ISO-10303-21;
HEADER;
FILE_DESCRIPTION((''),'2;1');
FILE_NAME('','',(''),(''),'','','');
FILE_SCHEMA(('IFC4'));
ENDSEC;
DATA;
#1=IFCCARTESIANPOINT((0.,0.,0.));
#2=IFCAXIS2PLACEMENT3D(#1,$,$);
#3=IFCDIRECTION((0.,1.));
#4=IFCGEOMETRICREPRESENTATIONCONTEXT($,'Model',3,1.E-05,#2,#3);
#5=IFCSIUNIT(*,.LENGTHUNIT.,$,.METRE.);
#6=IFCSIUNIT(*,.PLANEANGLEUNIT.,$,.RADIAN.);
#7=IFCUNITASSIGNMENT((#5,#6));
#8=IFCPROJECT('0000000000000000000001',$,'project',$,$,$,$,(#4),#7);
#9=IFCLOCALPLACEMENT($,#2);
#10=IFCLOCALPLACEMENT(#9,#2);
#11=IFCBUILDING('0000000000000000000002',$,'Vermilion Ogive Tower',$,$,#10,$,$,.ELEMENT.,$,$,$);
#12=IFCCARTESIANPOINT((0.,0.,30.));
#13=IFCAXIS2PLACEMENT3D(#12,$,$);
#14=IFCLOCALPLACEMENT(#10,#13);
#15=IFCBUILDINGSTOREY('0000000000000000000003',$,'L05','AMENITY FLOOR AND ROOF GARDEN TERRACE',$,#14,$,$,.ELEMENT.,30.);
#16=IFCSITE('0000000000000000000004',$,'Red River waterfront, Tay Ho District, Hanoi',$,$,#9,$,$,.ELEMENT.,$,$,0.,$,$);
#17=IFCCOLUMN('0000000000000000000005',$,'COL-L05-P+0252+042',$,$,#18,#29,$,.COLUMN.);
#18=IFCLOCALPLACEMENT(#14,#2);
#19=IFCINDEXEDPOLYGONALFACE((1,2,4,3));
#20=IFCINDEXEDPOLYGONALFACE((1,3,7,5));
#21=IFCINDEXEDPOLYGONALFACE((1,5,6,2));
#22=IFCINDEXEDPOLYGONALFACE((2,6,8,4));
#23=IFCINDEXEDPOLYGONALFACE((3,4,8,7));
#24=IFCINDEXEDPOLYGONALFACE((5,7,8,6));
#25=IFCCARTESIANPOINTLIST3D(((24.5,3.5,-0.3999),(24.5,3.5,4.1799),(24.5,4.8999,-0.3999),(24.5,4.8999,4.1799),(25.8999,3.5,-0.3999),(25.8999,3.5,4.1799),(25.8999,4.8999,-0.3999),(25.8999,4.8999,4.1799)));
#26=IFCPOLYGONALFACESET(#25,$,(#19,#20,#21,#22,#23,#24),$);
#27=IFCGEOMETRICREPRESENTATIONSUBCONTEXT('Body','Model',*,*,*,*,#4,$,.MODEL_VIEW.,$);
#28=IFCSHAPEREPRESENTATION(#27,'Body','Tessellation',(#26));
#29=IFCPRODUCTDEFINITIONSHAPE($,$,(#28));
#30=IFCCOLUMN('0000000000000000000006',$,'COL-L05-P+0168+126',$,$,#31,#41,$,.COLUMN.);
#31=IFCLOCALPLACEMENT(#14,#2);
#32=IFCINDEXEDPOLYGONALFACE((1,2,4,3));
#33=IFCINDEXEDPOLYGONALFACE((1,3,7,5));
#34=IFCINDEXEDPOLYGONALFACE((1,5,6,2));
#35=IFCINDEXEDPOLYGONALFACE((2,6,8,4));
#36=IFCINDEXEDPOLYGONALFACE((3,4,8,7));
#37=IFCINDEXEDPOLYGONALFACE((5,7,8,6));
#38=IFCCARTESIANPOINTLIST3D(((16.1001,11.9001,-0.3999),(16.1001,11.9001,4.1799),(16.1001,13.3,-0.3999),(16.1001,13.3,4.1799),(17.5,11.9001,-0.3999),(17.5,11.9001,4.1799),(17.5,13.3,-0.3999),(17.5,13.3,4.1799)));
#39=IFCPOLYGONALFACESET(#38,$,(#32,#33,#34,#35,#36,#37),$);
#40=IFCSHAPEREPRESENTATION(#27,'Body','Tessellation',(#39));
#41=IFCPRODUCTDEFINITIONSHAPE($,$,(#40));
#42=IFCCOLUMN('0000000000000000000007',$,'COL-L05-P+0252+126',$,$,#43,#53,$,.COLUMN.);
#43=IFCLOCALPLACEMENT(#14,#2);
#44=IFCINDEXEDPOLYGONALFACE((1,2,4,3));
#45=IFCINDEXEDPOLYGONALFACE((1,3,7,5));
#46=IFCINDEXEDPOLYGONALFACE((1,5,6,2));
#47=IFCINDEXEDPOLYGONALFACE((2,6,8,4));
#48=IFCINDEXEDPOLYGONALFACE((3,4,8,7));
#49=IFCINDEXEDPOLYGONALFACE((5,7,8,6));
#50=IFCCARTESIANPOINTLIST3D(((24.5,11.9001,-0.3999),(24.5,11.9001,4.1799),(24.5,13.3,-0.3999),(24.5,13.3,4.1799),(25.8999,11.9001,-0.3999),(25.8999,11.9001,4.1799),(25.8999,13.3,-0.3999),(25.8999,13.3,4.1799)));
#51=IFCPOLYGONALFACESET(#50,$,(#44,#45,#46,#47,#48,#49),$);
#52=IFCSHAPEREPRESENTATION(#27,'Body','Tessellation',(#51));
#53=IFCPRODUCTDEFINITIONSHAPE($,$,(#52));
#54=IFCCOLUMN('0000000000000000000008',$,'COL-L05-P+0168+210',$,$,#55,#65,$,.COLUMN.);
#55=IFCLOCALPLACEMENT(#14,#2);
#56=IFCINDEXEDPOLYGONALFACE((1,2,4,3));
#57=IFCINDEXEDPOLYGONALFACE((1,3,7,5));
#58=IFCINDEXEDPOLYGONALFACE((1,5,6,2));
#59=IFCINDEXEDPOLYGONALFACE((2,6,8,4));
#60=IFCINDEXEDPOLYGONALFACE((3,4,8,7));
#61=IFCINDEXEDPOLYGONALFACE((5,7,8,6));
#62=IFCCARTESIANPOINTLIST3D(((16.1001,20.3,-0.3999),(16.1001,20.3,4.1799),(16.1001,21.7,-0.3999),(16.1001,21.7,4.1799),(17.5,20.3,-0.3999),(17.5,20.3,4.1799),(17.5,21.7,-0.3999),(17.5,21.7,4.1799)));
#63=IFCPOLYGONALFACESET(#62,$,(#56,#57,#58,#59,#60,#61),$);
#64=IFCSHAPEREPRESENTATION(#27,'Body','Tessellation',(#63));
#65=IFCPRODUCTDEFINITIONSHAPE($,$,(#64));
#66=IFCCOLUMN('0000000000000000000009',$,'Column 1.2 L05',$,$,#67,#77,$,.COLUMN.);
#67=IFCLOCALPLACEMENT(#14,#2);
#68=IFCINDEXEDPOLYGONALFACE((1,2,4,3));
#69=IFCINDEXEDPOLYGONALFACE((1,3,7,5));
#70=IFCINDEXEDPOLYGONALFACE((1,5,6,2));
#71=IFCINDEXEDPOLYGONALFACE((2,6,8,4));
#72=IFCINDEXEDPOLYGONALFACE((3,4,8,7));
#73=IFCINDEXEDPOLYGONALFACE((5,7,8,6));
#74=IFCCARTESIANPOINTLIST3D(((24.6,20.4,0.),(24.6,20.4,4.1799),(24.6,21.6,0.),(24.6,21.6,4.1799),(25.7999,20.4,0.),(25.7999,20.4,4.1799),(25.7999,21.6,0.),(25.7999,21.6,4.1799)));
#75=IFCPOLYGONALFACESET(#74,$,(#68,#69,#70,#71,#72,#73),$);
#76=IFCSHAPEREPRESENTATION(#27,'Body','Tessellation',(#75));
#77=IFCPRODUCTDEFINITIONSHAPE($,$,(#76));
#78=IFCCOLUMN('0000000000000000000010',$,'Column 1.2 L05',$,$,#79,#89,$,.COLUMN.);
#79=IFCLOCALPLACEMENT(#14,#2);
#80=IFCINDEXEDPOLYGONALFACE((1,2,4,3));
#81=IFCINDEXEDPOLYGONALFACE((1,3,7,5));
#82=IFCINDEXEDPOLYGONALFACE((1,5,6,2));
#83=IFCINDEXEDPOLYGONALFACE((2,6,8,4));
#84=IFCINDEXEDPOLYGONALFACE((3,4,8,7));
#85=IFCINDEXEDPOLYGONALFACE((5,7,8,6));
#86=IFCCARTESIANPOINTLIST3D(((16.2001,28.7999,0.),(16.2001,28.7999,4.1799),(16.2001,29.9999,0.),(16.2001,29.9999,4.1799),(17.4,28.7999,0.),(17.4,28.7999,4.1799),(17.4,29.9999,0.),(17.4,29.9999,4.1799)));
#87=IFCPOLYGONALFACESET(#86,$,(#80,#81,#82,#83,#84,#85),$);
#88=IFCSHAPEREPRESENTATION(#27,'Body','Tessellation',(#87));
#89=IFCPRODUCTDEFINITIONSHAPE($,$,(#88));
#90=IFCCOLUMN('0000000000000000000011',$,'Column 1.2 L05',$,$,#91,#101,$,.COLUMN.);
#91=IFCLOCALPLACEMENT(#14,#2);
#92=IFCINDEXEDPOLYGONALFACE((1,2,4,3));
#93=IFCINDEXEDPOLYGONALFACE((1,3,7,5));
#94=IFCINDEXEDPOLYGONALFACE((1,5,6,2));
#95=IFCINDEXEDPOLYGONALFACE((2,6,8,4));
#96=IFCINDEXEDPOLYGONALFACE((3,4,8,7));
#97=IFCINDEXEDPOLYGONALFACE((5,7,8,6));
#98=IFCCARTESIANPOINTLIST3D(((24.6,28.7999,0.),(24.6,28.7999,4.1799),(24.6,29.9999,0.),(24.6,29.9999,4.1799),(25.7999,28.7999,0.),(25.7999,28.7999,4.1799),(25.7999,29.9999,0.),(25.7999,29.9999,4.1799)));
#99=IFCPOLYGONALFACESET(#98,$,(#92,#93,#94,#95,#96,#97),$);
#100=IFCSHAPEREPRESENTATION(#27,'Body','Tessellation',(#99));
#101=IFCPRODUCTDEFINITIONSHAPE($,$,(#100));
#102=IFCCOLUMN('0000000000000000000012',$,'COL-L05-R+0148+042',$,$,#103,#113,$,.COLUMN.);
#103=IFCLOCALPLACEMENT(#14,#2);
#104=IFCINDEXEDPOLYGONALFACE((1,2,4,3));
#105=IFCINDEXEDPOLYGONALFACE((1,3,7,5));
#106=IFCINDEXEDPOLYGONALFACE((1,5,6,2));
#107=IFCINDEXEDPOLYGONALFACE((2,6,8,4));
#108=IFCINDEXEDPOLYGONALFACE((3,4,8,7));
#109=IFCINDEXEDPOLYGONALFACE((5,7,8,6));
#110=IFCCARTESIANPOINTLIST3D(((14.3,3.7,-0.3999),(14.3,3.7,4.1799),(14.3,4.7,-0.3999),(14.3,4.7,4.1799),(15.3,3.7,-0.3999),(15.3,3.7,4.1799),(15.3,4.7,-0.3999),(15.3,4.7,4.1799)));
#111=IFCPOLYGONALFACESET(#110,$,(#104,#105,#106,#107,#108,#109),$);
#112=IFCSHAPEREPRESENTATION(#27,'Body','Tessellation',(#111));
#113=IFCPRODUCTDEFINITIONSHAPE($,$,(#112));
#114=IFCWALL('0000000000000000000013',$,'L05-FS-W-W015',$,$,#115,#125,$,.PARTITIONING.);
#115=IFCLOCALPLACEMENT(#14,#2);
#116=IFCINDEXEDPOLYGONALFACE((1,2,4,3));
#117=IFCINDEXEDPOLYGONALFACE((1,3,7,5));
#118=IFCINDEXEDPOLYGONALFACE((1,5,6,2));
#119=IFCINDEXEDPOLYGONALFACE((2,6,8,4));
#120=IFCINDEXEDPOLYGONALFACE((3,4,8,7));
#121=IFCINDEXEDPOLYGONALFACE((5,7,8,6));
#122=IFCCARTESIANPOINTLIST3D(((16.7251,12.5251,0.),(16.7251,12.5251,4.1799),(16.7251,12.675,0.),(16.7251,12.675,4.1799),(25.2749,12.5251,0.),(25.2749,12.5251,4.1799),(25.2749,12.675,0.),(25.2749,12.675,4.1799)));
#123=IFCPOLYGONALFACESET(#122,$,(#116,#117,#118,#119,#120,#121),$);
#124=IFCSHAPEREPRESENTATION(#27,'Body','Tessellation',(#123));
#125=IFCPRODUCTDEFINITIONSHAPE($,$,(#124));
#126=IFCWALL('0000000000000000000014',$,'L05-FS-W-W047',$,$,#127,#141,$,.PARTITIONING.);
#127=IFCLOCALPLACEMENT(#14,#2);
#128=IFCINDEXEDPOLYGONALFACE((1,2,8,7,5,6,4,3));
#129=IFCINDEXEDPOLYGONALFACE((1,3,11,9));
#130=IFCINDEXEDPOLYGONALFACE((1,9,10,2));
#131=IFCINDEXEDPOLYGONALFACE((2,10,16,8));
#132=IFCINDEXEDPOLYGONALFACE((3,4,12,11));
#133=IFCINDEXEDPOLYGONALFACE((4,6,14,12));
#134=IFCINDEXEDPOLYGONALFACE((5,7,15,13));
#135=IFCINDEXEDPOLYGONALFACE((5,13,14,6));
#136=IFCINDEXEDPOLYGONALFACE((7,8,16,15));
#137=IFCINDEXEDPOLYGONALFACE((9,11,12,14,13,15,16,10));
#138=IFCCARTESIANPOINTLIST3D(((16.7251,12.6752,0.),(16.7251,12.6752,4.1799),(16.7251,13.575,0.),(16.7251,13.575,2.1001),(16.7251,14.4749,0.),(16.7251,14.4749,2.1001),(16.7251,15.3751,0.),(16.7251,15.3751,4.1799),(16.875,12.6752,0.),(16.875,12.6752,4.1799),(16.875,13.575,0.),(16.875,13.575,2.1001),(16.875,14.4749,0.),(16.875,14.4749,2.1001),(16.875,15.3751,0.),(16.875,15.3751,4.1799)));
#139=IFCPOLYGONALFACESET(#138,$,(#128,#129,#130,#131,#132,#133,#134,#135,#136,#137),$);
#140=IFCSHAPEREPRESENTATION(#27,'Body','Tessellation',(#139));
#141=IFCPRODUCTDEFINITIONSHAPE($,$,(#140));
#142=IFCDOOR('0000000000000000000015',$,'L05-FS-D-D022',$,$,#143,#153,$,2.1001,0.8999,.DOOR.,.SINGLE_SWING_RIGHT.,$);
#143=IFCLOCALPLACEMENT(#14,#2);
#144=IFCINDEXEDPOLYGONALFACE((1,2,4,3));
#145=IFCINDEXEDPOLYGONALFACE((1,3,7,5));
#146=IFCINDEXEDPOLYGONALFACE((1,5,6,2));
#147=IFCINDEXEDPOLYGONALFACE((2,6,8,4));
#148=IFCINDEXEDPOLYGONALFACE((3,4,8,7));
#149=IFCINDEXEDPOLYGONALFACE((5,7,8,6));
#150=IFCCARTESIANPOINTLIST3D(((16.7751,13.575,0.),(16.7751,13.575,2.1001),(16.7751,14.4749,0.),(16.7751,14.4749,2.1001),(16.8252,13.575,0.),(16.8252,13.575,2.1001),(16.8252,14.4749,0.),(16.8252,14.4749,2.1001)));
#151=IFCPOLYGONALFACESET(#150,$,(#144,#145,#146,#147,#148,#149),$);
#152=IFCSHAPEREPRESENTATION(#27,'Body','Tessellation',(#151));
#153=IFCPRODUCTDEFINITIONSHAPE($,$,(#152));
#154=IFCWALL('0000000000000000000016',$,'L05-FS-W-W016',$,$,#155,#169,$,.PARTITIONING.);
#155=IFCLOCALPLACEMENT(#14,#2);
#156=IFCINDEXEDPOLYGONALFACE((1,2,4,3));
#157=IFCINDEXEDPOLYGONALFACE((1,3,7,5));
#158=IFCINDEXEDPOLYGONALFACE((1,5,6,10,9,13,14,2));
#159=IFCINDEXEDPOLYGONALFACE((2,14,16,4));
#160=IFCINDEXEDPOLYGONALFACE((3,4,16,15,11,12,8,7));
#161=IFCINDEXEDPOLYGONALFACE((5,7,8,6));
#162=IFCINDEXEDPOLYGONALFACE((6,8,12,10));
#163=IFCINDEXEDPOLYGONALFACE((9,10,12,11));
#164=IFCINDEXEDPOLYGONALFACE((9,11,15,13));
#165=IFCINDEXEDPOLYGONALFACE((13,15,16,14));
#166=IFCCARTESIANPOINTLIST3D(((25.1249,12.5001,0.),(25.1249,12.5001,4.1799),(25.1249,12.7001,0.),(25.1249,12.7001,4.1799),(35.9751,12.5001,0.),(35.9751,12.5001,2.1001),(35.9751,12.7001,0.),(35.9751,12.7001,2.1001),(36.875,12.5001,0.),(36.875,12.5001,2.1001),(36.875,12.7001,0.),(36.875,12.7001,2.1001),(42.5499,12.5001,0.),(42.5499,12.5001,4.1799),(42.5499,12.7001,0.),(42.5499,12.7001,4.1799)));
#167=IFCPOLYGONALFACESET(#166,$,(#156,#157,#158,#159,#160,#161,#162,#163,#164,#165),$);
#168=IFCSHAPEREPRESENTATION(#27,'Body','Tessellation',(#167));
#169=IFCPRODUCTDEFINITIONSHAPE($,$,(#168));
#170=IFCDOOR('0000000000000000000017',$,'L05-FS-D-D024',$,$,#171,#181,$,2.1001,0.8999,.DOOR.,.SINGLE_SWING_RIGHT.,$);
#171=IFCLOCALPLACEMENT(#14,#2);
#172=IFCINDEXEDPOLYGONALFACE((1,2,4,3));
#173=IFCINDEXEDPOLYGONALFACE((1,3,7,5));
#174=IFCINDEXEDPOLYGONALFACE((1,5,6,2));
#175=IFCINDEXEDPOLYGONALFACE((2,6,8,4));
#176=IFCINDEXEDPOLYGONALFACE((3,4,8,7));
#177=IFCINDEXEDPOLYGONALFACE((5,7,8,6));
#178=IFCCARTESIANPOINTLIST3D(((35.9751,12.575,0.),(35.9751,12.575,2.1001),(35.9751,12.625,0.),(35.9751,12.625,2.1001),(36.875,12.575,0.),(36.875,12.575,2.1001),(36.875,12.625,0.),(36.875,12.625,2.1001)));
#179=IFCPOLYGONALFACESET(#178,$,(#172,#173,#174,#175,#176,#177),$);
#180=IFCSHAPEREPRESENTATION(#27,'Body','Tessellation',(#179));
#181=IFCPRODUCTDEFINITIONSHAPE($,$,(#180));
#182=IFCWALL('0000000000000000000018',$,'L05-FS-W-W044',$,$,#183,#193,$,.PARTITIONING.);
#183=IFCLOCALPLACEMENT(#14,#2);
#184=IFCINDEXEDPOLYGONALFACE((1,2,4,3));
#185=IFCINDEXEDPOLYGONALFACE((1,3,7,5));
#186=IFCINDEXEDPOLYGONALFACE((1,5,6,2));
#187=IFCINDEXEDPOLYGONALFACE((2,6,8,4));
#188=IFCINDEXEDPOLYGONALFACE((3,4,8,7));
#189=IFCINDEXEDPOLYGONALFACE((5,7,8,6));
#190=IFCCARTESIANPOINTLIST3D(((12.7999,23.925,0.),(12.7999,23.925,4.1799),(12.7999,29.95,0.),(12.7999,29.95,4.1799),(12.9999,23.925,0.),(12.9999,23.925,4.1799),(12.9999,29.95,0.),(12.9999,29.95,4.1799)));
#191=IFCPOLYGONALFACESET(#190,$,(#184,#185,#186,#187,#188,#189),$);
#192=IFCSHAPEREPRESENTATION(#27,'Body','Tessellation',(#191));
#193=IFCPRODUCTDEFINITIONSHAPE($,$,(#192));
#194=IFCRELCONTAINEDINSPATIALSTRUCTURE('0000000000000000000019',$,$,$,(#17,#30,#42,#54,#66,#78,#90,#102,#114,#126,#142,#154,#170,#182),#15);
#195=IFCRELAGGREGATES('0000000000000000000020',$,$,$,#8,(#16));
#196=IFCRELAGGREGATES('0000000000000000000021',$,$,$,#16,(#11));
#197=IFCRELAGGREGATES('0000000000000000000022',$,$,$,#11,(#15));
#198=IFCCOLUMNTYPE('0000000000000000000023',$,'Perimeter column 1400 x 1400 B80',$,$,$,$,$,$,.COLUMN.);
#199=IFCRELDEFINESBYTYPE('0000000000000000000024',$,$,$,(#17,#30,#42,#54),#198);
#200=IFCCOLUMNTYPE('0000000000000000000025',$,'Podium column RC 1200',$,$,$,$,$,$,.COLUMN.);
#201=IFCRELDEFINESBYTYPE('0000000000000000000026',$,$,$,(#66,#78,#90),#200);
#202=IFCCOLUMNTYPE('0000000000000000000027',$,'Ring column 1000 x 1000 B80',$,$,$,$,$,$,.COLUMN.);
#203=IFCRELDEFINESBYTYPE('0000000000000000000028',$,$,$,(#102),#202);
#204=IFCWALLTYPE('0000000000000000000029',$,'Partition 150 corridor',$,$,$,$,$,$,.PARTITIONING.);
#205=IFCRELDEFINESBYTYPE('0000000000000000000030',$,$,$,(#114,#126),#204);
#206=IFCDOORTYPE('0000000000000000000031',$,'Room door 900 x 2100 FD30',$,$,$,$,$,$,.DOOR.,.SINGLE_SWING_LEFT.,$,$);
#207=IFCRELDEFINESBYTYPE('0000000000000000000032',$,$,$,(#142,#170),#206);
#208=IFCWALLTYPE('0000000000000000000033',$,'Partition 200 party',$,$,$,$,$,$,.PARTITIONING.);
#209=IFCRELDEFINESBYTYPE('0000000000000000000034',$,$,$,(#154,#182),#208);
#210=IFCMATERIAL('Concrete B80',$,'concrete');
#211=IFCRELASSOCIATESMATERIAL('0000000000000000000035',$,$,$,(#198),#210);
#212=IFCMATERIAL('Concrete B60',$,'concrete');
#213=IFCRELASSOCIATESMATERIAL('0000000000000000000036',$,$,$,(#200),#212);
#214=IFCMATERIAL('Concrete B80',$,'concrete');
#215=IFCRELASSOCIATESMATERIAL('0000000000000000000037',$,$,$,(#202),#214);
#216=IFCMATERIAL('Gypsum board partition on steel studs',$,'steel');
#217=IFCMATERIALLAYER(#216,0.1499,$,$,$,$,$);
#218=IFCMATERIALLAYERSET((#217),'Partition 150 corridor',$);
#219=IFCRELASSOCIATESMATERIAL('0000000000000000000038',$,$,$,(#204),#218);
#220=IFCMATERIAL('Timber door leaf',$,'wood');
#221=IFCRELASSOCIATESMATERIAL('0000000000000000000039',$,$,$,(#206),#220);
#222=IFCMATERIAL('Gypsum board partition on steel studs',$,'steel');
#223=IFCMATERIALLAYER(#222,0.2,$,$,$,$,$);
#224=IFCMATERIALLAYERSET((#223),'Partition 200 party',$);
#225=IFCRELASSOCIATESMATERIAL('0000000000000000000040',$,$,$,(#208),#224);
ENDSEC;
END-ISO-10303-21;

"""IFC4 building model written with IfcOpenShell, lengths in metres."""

from ifc_helpers import new_model, si_unit, direction, frame, frame_2d, origin, origin_2d, place, context, subcontext, project, spatial, rectangle, extrude, material, layer, layer_set, material_profile, profile_set, type_object, element, fill, save


model = new_model("IFC4")

# Units and contexts
model_context = context("Model", 3, precision=1e-05, world=origin(), true_north=direction((0.0, 1.0)))
body_context = subcontext(model_context, "Body", "Model", "MODEL_VIEW")
ifc_project = project(units=[si_unit("LENGTHUNIT", "METRE"), si_unit("PLANEANGLEUNIT", "RADIAN")], contexts=[model_context])

# Site, building, storey
site_placement = place(None, origin())
site = spatial("IfcSite", under=ifc_project, at=site_placement, Name="Red River waterfront, Tay Ho District, Hanoi", CompositionType="ELEMENT", RefElevation=0.0)
building_placement = place(site_placement, origin())
building = spatial("IfcBuilding", under=site, at=building_placement, Name="Vermilion Ogive Tower", CompositionType="ELEMENT")
storey_placement = place(building_placement, frame((0.0, 0.0, 30.0)))
storey = spatial("IfcBuildingStorey", under=building, at=storey_placement, Name="L05", Description="AMENITY FLOOR AND ROOF GARDEN TERRACE", CompositionType="ELEMENT", Elevation=30.0)

# Columns
ifc_material_1 = material(Name="Concrete B80", Category="concrete")
ifc_material_profile_1 = material_profile(ifc_material_1, rectangle(XDim=1.3999, YDim=1.3999, at=origin_2d()), Name="1400 x 1400")
ifc_profile_set_1 = profile_set([ifc_material_profile_1], Name="Concrete B80")
column_type_1 = type_object("IfcColumnType", Name="Perimeter column 1400 x 1400 B80", PredefinedType="COLUMN", material=ifc_profile_set_1)
for number, where, z_axis, x_axis, name in (
    (1, (25.2, 4.2, -0.3999), (0.0, 0.0, 1.0), (1.0, 0.0, 0.0), "COL-L05-P+0252+042"),
    (2, (16.8, 12.6001, -0.3999), (0.0, 0.0, 1.0), (1.0, 0.0, 0.0), "COL-L05-P+0168+126"),
    (3, (25.2, 12.6001, -0.3999), (0.0, 0.0, 1.0), (1.0, 0.0, 0.0), "COL-L05-P+0252+126"),
    (4, (16.8, 21.0, -0.3999), (0.0, 0.0, 1.0), (1.0, 0.0, 0.0), "COL-L05-P+0168+210"),
):
    element("IfcColumn", number, at=place(storey_placement, frame(where, z_axis=z_axis, x_axis=x_axis)), inside=storey, type_object=column_type_1, Name=name, PredefinedType="COLUMN", context=body_context, shape_type="SweptSolid", body=[
        extrude(rectangle(XDim=1.3999, YDim=1.3999, at=origin_2d()), origin(), (0.0, 0.0, 1.0), 4.5798),
    ])
ifc_material_2 = material(Name="Concrete B60", Category="concrete")
ifc_material_profile_2 = material_profile(ifc_material_2, rectangle(XDim=1.2, YDim=1.2, at=origin_2d()), Name="RC 1200x1200")
ifc_profile_set_2 = profile_set([ifc_material_profile_2], Name="Concrete B60")
column_type_2 = type_object("IfcColumnType", Name="Podium column RC 1200", PredefinedType="COLUMN", material=ifc_profile_set_2)
for number, where, z_axis, x_axis, name in (
    (5, (25.2, 21.0, 0.0), (0.0, 0.0, 1.0), (1.0, 0.0, 0.0), "Column 1.2 L05"),
    (6, (16.8, 29.3999, 0.0), (0.0, 0.0, 1.0), (1.0, 0.0, 0.0), "Column 1.2 L05"),
    (7, (25.2, 29.3999, 0.0), (0.0, 0.0, 1.0), (1.0, 0.0, 0.0), "Column 1.2 L05"),
):
    element("IfcColumn", number, at=place(storey_placement, frame(where, z_axis=z_axis, x_axis=x_axis)), inside=storey, type_object=column_type_2, Name=name, PredefinedType="COLUMN", context=body_context, shape_type="SweptSolid", body=[
        extrude(rectangle(XDim=1.2, YDim=1.2, at=origin_2d()), origin(), (0.0, 0.0, 1.0), 4.1799),
    ])
ifc_material_3 = material(Name="Concrete B80", Category="concrete")
ifc_material_profile_3 = material_profile(ifc_material_3, rectangle(XDim=1.0, YDim=1.0, at=origin_2d()), Name="1000 x 1000")
ifc_profile_set_3 = profile_set([ifc_material_profile_3], Name="Concrete B80")
column_type_3 = type_object("IfcColumnType", Name="Ring column 1000 x 1000 B80", PredefinedType="COLUMN", material=ifc_profile_set_3)
column_placement = place(storey_placement, frame((14.8, 4.2, -0.3999), z_axis=(0.0, 0.0, 1.0), x_axis=(1.0, 0.0, 0.0)))
element("IfcColumn", 8, at=column_placement, inside=storey, type_object=column_type_3, Name="COL-L05-R+0148+042", PredefinedType="COLUMN", context=body_context, shape_type="SweptSolid", body=[
    extrude(rectangle(XDim=1.0, YDim=1.0, at=origin_2d()), origin(), (0.0, 0.0, 1.0), 4.5798),
])

# Wall
ifc_material_4 = material(Name="Gypsum board partition on steel studs", Category="steel")
ifc_layer_1 = layer(ifc_material_4, 0.1499)
ifc_layer_set_1 = layer_set([ifc_layer_1], Name="Partition 150 corridor")
wall_type_1 = type_object("IfcWallType", Name="Partition 150 corridor", PredefinedType="PARTITIONING", material=ifc_layer_set_1)
wall_1_placement = place(storey_placement, frame((16.7251, 12.6001, 0.0), z_axis=(0.0, 0.0, 1.0), x_axis=(1.0, 0.0, 0.0)))
element("IfcWall", 9, at=wall_1_placement, inside=storey, type_object=wall_type_1, Name="L05-FS-W-W015", PredefinedType="PARTITIONING", context=body_context, shape_type="SweptSolid", body=[
    extrude(rectangle(XDim=8.5498, YDim=0.1499, at=frame_2d((4.2749, 0.0))), origin(), (0.0, 0.0, 1.0), 4.1799),
])

# Walls, openings, doors
wall_2_placement = place(storey_placement, frame((16.8, 12.675, 0.0), z_axis=(0.0, 0.0, 1.0), x_axis=(0.0, 1.0, 0.0)))
wall_2 = element("IfcWall", 10, at=wall_2_placement, inside=storey, type_object=wall_type_1, Name="L05-FS-W-W047", PredefinedType="PARTITIONING", context=body_context, shape_type="SweptSolid", body=[
    extrude(rectangle(XDim=2.7, YDim=0.1499, at=frame_2d((1.3501, 0.0))), origin(), (0.0, 0.0, 1.0), 4.1799),
])
opening_1_placement = place(wall_2_placement, frame((0.8999, 0.0, 0.0)))
opening_1 = element("IfcOpeningElement", 11, at=opening_1_placement, cuts=wall_2, PredefinedType="OPENING", context=body_context, shape_type="SweptSolid", body=[
    extrude(rectangle(XDim=0.8999, YDim=2.1001, at=frame_2d((0.45, 1.05))), frame((0.0, 0.085, 0.0), z_axis=(0.0, -1.0, 0.0), x_axis=(1.0, 0.0, 0.0)), (0.0, 0.0, 1.0), 0.1699),
])
ifc_material_5 = material(Name="Timber door leaf", Category="wood")
door_type = type_object("IfcDoorType", Name="Room door 900 x 2100 FD30", OperationType="SINGLE_SWING_LEFT", PredefinedType="DOOR", material=ifc_material_5)
door_1_placement = place(opening_1_placement, origin())
door_1 = element("IfcDoor", 12, at=door_1_placement, inside=storey, type_object=door_type, Name="L05-FS-D-D022", OperationType="SINGLE_SWING_RIGHT", OverallHeight=2.1001, OverallWidth=0.8999, PredefinedType="DOOR", context=body_context, shape_type="SweptSolid", body=[
    extrude(rectangle(XDim=0.8999, YDim=2.1001, at=frame_2d((0.45, 1.05))), frame((0.0, 0.0249, 0.0), z_axis=(0.0, -1.0, 0.0), x_axis=(1.0, 0.0, 0.0)), (0.0, 0.0, 1.0), 0.05),
])
fill(opening_1, door_1)
ifc_material_6 = material(Name="Gypsum board partition on steel studs", Category="steel")
ifc_layer_2 = layer(ifc_material_6, 0.2)
ifc_layer_set_2 = layer_set([ifc_layer_2], Name="Partition 200 party")
wall_type_2 = type_object("IfcWallType", Name="Partition 200 party", PredefinedType="PARTITIONING", material=ifc_layer_set_2)
wall_3_placement = place(storey_placement, frame((25.125, 12.6001, 0.0), z_axis=(0.0, 0.0, 1.0), x_axis=(1.0, 0.0, 0.0)))
wall_3 = element("IfcWall", 13, at=wall_3_placement, inside=storey, type_object=wall_type_2, Name="L05-FS-W-W016", PredefinedType="PARTITIONING", context=body_context, shape_type="SweptSolid", body=[
    extrude(rectangle(XDim=17.425, YDim=0.2, at=frame_2d((8.7124, 0.0))), origin(), (0.0, 0.0, 1.0), 4.1799),
])
opening_2_placement = place(wall_3_placement, frame((10.8501, 0.0, 0.0)))
opening_2 = element("IfcOpeningElement", 14, at=opening_2_placement, cuts=wall_3, PredefinedType="OPENING", context=body_context, shape_type="SweptSolid", body=[
    extrude(rectangle(XDim=0.8999, YDim=2.1001, at=frame_2d((0.45, 1.05))), frame((0.0, 0.1099, 0.0), z_axis=(0.0, -1.0, 0.0), x_axis=(1.0, 0.0, 0.0)), (0.0, 0.0, 1.0), 0.22),
])
door_2_placement = place(opening_2_placement, origin())
door_2 = element("IfcDoor", 15, at=door_2_placement, inside=storey, type_object=door_type, Name="L05-FS-D-D024", OperationType="SINGLE_SWING_RIGHT", OverallHeight=2.1001, OverallWidth=0.8999, PredefinedType="DOOR", context=body_context, shape_type="SweptSolid", body=[
    extrude(rectangle(XDim=0.8999, YDim=2.1001, at=frame_2d((0.45, 1.05))), frame((0.0, 0.0249, 0.0), z_axis=(0.0, -1.0, 0.0), x_axis=(1.0, 0.0, 0.0)), (0.0, 0.0, 1.0), 0.05),
])
fill(opening_2, door_2)

# Wall
wall_4_placement = place(storey_placement, frame((12.8999, 23.925, 0.0), z_axis=(0.0, 0.0, 1.0), x_axis=(0.0, 1.0, 0.0)))
element("IfcWall", 16, at=wall_4_placement, inside=storey, type_object=wall_type_2, Name="L05-FS-W-W044", PredefinedType="PARTITIONING", context=body_context, shape_type="SweptSolid", body=[
    extrude(rectangle(XDim=6.0249, YDim=0.2, at=frame_2d((3.0125, 0.0))), origin(), (0.0, 0.0, 1.0), 4.1799),
])

save(model, "model.ifc")
